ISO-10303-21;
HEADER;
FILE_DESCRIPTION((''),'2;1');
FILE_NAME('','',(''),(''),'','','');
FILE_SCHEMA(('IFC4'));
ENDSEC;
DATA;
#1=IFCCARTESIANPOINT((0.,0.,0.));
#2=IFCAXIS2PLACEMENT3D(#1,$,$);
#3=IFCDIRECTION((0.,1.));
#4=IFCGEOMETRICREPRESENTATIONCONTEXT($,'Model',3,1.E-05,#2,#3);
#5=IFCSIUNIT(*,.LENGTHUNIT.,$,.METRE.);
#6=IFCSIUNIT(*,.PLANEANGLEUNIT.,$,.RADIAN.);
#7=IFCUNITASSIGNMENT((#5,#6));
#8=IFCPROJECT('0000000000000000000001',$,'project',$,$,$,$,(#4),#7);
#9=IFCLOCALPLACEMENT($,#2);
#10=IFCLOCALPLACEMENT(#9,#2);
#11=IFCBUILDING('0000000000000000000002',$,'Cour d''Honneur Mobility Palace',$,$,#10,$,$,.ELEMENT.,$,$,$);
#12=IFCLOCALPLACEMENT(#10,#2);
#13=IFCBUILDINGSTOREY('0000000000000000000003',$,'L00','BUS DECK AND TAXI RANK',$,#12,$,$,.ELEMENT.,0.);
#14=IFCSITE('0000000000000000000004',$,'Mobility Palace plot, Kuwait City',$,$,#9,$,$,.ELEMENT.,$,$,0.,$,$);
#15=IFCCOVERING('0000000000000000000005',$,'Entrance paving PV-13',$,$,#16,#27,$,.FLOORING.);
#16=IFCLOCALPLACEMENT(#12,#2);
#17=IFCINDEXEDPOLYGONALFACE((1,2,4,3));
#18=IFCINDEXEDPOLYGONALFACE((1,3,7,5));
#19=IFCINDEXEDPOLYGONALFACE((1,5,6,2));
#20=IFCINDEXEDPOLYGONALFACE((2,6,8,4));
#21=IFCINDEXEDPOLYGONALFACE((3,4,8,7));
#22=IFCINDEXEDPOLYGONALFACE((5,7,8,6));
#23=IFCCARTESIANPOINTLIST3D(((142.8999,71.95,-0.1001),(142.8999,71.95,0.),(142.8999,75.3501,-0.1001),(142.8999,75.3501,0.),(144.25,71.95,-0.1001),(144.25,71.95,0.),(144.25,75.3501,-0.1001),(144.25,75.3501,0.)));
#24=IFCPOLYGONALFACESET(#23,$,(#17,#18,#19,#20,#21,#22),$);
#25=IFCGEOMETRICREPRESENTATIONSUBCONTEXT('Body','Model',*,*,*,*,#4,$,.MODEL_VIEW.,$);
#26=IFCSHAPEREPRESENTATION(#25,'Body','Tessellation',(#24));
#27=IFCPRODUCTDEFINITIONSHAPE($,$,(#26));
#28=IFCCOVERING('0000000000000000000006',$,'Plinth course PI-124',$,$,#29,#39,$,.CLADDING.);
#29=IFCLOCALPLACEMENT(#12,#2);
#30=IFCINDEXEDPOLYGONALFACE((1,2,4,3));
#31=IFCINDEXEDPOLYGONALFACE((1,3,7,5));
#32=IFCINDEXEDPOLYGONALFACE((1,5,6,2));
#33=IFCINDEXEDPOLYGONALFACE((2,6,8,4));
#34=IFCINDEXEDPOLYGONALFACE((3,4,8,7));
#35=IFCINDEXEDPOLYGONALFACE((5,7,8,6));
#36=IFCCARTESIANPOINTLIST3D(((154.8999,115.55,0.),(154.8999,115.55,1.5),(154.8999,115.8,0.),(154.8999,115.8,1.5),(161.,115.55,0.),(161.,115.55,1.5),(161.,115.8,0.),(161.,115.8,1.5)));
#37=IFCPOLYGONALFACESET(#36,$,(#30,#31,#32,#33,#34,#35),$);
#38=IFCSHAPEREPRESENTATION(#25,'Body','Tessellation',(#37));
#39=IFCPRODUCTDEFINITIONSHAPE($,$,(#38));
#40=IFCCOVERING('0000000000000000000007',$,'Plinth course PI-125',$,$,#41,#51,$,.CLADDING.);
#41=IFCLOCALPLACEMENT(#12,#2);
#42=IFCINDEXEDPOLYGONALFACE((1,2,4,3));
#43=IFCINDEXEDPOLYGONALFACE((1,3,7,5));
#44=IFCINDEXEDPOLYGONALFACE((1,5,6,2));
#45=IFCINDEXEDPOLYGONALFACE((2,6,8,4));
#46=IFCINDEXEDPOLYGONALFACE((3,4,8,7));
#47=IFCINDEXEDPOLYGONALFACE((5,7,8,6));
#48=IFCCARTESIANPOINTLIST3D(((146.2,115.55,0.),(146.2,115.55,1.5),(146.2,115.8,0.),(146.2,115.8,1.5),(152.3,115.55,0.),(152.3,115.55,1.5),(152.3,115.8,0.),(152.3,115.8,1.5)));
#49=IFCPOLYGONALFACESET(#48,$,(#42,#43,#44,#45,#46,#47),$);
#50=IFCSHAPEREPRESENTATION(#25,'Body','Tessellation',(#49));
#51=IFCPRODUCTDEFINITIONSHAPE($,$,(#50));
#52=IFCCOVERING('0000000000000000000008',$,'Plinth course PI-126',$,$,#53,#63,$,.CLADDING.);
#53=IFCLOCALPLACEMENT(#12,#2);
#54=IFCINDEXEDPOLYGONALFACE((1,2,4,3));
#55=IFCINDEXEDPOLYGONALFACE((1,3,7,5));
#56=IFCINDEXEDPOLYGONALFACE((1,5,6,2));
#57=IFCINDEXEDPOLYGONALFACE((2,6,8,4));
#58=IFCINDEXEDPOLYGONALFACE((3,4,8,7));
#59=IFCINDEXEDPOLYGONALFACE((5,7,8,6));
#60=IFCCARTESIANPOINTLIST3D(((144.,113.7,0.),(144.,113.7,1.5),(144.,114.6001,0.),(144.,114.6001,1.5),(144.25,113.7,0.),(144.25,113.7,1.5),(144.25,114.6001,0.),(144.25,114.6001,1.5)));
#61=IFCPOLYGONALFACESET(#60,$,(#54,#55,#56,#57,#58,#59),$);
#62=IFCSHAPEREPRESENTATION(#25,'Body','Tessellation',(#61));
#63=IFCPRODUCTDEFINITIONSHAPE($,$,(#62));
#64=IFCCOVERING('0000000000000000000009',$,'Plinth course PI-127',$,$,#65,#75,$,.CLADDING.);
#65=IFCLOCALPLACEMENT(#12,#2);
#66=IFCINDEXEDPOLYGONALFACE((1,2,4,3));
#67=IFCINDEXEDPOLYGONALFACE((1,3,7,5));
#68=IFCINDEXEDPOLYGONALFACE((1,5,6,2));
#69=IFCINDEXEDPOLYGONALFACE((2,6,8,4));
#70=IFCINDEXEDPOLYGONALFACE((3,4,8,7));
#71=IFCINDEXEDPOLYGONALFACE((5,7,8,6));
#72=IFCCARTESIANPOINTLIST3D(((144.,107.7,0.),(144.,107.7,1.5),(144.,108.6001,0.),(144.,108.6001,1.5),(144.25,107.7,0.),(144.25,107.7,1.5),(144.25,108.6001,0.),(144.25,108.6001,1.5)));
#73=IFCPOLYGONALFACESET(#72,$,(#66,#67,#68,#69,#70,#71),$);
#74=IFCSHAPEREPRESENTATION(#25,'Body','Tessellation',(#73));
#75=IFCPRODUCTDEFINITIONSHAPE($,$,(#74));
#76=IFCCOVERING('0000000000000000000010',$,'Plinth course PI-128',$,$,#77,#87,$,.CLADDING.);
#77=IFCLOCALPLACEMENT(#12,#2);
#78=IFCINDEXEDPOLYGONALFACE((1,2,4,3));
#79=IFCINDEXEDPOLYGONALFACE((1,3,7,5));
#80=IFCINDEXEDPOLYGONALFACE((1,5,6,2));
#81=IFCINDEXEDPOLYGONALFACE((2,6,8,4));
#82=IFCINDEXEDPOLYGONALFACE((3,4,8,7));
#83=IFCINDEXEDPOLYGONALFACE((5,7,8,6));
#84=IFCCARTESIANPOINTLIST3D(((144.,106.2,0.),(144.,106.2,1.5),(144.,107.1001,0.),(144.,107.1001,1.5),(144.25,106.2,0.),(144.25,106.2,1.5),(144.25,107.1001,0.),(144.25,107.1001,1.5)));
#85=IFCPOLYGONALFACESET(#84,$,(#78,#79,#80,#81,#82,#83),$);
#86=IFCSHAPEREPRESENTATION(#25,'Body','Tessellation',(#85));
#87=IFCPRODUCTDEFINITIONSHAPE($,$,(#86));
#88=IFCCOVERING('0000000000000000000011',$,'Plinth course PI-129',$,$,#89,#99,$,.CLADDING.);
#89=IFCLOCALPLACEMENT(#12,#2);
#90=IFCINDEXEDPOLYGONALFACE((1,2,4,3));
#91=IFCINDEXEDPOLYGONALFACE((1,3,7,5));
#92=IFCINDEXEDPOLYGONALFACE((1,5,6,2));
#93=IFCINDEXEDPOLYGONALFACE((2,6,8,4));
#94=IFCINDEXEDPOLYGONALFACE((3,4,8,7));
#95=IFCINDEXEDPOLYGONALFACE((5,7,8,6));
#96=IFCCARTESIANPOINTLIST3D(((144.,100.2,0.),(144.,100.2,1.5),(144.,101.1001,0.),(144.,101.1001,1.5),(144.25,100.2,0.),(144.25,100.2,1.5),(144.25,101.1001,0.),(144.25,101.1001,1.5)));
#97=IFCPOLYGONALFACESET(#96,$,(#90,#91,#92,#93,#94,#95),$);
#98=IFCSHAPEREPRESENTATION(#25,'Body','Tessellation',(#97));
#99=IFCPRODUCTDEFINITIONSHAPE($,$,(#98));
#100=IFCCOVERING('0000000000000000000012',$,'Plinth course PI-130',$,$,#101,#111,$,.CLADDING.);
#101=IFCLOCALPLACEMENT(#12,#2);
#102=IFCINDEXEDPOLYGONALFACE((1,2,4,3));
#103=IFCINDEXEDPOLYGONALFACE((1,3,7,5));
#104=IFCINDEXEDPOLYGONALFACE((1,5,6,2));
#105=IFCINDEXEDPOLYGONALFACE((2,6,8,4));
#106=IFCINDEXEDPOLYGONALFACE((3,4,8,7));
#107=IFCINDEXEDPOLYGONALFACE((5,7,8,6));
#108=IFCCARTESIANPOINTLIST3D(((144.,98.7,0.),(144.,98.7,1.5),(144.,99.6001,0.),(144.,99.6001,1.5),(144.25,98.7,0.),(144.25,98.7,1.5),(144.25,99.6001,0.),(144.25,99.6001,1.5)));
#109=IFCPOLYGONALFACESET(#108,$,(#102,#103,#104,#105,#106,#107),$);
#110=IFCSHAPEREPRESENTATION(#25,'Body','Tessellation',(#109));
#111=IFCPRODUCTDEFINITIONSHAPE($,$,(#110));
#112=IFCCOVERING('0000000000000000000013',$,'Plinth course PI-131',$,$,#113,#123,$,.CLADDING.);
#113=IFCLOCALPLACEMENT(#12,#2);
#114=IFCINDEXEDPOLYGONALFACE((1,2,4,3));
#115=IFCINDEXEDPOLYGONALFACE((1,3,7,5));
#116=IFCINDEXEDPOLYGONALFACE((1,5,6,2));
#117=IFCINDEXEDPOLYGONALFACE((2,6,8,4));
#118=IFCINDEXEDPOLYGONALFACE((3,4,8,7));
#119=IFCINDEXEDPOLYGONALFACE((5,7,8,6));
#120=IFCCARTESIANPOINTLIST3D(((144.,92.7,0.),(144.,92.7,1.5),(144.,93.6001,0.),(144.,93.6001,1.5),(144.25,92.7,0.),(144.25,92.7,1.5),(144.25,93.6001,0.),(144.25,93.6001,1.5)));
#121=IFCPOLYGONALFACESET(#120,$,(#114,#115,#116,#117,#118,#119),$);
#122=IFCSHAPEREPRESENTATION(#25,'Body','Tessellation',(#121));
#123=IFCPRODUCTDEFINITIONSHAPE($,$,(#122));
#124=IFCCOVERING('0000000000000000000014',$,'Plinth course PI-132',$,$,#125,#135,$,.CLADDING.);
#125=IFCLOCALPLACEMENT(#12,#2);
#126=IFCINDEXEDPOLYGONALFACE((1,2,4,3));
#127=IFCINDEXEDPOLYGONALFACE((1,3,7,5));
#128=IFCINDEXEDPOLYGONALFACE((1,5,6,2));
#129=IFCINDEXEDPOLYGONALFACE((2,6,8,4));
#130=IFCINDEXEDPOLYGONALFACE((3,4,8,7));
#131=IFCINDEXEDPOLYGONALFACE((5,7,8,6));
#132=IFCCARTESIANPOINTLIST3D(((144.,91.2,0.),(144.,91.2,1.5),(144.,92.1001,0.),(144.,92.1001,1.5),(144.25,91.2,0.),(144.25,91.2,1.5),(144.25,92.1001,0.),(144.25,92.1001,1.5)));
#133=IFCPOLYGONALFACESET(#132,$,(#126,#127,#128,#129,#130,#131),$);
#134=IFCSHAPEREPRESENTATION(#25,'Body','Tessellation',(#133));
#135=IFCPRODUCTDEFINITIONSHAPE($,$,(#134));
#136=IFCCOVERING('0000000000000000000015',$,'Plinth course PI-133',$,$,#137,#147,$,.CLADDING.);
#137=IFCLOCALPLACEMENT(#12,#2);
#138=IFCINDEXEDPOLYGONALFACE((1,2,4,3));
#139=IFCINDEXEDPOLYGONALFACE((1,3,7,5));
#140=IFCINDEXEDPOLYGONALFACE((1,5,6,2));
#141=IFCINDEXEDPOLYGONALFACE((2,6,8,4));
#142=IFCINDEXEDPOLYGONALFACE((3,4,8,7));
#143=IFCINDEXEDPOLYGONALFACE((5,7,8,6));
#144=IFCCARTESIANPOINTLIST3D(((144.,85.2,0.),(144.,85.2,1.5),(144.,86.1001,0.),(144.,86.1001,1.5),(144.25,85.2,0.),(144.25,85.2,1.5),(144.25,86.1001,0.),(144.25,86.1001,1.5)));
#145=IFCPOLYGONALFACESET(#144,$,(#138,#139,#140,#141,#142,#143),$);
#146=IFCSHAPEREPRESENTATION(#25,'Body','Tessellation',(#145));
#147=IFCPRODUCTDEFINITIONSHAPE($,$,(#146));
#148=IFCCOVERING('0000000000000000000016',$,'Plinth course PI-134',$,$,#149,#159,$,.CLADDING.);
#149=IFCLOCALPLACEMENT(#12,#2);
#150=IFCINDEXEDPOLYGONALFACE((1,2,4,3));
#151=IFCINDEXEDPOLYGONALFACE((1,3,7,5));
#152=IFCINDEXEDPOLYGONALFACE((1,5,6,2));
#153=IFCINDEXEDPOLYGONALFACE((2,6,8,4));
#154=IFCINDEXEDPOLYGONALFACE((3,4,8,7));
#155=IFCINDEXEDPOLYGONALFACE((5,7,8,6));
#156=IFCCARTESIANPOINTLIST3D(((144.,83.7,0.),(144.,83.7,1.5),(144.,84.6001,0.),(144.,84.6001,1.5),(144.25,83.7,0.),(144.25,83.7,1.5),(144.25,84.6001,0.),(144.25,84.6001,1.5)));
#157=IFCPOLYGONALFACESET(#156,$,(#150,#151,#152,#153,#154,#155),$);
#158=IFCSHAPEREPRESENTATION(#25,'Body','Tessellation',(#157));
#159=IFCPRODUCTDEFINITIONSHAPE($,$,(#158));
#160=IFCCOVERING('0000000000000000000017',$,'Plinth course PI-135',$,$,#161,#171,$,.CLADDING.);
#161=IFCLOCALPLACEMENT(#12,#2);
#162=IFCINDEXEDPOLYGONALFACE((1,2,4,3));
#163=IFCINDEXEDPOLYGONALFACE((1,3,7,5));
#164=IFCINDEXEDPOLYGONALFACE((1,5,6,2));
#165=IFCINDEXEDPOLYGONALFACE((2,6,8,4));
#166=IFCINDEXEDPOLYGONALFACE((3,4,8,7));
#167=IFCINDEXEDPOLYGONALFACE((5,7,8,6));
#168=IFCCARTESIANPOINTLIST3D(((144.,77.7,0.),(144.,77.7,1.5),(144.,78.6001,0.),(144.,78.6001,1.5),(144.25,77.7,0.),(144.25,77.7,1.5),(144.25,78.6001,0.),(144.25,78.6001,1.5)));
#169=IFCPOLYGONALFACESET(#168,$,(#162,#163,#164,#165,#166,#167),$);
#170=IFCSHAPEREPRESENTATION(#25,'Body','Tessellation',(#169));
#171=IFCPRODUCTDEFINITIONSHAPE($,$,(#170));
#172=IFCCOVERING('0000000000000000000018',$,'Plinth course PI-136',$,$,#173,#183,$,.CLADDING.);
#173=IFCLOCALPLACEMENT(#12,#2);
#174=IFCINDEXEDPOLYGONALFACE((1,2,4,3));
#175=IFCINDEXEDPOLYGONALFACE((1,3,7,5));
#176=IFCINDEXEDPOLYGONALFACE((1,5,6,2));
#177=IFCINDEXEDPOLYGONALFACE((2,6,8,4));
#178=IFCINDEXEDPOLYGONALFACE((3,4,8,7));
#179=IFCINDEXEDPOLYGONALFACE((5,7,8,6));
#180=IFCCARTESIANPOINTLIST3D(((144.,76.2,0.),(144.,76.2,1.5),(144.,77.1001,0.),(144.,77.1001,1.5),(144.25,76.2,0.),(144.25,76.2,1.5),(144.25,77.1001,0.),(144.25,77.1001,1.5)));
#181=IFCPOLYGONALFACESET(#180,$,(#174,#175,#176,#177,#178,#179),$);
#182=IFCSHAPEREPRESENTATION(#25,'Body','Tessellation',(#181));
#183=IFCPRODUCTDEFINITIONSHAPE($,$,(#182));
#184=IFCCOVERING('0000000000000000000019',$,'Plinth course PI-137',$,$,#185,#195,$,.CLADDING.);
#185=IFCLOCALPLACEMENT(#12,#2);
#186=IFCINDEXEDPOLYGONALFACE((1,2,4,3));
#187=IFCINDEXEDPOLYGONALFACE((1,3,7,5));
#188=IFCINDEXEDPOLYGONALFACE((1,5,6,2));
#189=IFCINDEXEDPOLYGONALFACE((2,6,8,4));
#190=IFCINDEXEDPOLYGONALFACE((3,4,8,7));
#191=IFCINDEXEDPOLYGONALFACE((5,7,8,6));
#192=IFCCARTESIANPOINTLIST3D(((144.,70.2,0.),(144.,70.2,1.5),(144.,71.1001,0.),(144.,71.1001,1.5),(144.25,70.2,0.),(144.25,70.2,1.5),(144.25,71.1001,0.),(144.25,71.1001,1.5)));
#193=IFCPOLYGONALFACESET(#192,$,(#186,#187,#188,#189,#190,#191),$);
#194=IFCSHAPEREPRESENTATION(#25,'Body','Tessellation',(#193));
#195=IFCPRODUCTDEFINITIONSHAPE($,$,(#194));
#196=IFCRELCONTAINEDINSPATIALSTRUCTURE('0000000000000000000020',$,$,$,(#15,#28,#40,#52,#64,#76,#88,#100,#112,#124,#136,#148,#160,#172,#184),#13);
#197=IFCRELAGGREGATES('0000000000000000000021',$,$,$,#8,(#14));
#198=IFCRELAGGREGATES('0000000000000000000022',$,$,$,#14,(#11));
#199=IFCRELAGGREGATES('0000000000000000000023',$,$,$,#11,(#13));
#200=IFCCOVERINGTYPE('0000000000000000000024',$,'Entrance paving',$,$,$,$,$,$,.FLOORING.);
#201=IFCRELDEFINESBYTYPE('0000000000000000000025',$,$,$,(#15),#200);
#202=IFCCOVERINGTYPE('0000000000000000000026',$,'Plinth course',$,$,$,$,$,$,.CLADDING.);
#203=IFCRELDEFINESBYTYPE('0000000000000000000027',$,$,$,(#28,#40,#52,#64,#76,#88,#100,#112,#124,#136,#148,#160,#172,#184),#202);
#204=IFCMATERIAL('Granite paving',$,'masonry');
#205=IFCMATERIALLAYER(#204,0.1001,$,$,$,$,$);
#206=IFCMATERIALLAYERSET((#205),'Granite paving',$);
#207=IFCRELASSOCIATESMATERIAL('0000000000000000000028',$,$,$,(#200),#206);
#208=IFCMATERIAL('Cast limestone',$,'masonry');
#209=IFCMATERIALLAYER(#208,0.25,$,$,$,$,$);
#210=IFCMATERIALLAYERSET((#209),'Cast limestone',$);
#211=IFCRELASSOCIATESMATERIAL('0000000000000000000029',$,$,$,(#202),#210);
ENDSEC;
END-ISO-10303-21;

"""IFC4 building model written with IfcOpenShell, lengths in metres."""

from ifc_helpers import new_model, si_unit, direction, frame, origin, place, context, subcontext, project, spatial, polyline, outline, extrude, material, layer, layer_set, type_object, element, save


model = new_model("IFC4")

# Units and contexts
model_context = context("Model", 3, precision=1e-05, world=origin(), true_north=direction((0.0, 1.0)))
body_context = subcontext(model_context, "Body", "Model", "MODEL_VIEW")
ifc_project = project(units=[si_unit("LENGTHUNIT", "METRE"), si_unit("PLANEANGLEUNIT", "RADIAN")], contexts=[model_context])

# Site, building, storey
site_placement = place(None, origin())
site = spatial("IfcSite", under=ifc_project, at=site_placement, Name="Mobility Palace plot, Kuwait City", CompositionType="ELEMENT", RefElevation=0.0)
building_placement = place(site_placement, origin())
building = spatial("IfcBuilding", under=site, at=building_placement, Name="Cour d'Honneur Mobility Palace", CompositionType="ELEMENT")
storey_placement = place(building_placement, origin())
storey = spatial("IfcBuildingStorey", under=building, at=storey_placement, Name="L00", Description="BUS DECK AND TAXI RANK", CompositionType="ELEMENT", Elevation=0.0)

# Coverings
ifc_material_1 = material(Name="Granite paving", Category="masonry")
ifc_layer_1 = layer(ifc_material_1, 0.1001)
ifc_layer_set_1 = layer_set([ifc_layer_1], Name="Granite paving")
covering_type_1 = type_object("IfcCoveringType", Name="Entrance paving", PredefinedType="FLOORING", material=ifc_layer_set_1)
covering_1_placement = place(storey_placement, frame((0.0, 0.0, -0.1001)))
element("IfcCovering", 1, at=covering_1_placement, inside=storey, type_object=covering_type_1, Name="Entrance paving PV-13", PredefinedType="FLOORING", context=body_context, shape_type="SweptSolid", body=[
    extrude(outline(polyline([(144.25, 75.3501), (144.25, 71.95), (142.8999, 71.95), (142.8999, 75.3501), (144.25, 75.3501)])), origin(), (0.0, 0.0, 1.0), 0.1001),
])
ifc_material_2 = material(Name="Cast limestone", Category="masonry")
ifc_layer_2 = layer(ifc_material_2, 0.25)
ifc_layer_set_2 = layer_set([ifc_layer_2], Name="Cast limestone")
covering_type_2 = type_object("IfcCoveringType", Name="Plinth course", PredefinedType="CLADDING", material=ifc_layer_set_2)
covering_2_placement = place(storey_placement, origin())
element("IfcCovering", 2, at=covering_2_placement, inside=storey, type_object=covering_type_2, Name="Plinth course PI-124", PredefinedType="CLADDING", context=body_context, shape_type="SweptSolid", body=[
    extrude(outline(polyline([(161.0, 115.55), (154.8999, 115.55), (154.8999, 115.8), (161.0, 115.8), (161.0, 115.55)])), origin(), (0.0, 0.0, 1.0), 1.5),
])
covering_3_placement = place(storey_placement, origin())
element("IfcCovering", 3, at=covering_3_placement, inside=storey, type_object=covering_type_2, Name="Plinth course PI-125", PredefinedType="CLADDING", context=body_context, shape_type="SweptSolid", body=[
    extrude(outline(polyline([(152.3, 115.55), (146.2, 115.55), (146.2, 115.8), (152.3, 115.8), (152.3, 115.55)])), origin(), (0.0, 0.0, 1.0), 1.5),
])
covering_4_placement = place(storey_placement, origin())
element("IfcCovering", 4, at=covering_4_placement, inside=storey, type_object=covering_type_2, Name="Plinth course PI-126", PredefinedType="CLADDING", context=body_context, shape_type="SweptSolid", body=[
    extrude(outline(polyline([(144.25, 114.6001), (144.25, 113.7), (144.0, 113.7), (144.0, 114.6001), (144.25, 114.6001)])), origin(), (0.0, 0.0, 1.0), 1.5),
])
covering_5_placement = place(storey_placement, origin())
element("IfcCovering", 5, at=covering_5_placement, inside=storey, type_object=covering_type_2, Name="Plinth course PI-127", PredefinedType="CLADDING", context=body_context, shape_type="SweptSolid", body=[
    extrude(outline(polyline([(144.25, 108.6001), (144.25, 107.7), (144.0, 107.7), (144.0, 108.6001), (144.25, 108.6001)])), origin(), (0.0, 0.0, 1.0), 1.5),
])
covering_6_placement = place(storey_placement, origin())
element("IfcCovering", 6, at=covering_6_placement, inside=storey, type_object=covering_type_2, Name="Plinth course PI-128", PredefinedType="CLADDING", context=body_context, shape_type="SweptSolid", body=[
    extrude(outline(polyline([(144.25, 107.1001), (144.25, 106.2), (144.0, 106.2), (144.0, 107.1001), (144.25, 107.1001)])), origin(), (0.0, 0.0, 1.0), 1.5),
])
covering_7_placement = place(storey_placement, origin())
element("IfcCovering", 7, at=covering_7_placement, inside=storey, type_object=covering_type_2, Name="Plinth course PI-129", PredefinedType="CLADDING", context=body_context, shape_type="SweptSolid", body=[
    extrude(outline(polyline([(144.25, 101.1001), (144.25, 100.2), (144.0, 100.2), (144.0, 101.1001), (144.25, 101.1001)])), origin(), (0.0, 0.0, 1.0), 1.5),
])
covering_8_placement = place(storey_placement, origin())
element("IfcCovering", 8, at=covering_8_placement, inside=storey, type_object=covering_type_2, Name="Plinth course PI-130", PredefinedType="CLADDING", context=body_context, shape_type="SweptSolid", body=[
    extrude(outline(polyline([(144.25, 99.6001), (144.25, 98.7), (144.0, 98.7), (144.0, 99.6001), (144.25, 99.6001)])), origin(), (0.0, 0.0, 1.0), 1.5),
])
covering_9_placement = place(storey_placement, origin())
element("IfcCovering", 9, at=covering_9_placement, inside=storey, type_object=covering_type_2, Name="Plinth course PI-131", PredefinedType="CLADDING", context=body_context, shape_type="SweptSolid", body=[
    extrude(outline(polyline([(144.25, 93.6001), (144.25, 92.7), (144.0, 92.7), (144.0, 93.6001), (144.25, 93.6001)])), origin(), (0.0, 0.0, 1.0), 1.5),
])
covering_10_placement = place(storey_placement, origin())
element("IfcCovering", 10, at=covering_10_placement, inside=storey, type_object=covering_type_2, Name="Plinth course PI-132", PredefinedType="CLADDING", context=body_context, shape_type="SweptSolid", body=[
    extrude(outline(polyline([(144.25, 92.1001), (144.25, 91.2), (144.0, 91.2), (144.0, 92.1001), (144.25, 92.1001)])), origin(), (0.0, 0.0, 1.0), 1.5),
])
covering_11_placement = place(storey_placement, origin())
element("IfcCovering", 11, at=covering_11_placement, inside=storey, type_object=covering_type_2, Name="Plinth course PI-133", PredefinedType="CLADDING", context=body_context, shape_type="SweptSolid", body=[
    extrude(outline(polyline([(144.25, 86.1001), (144.25, 85.2), (144.0, 85.2), (144.0, 86.1001), (144.25, 86.1001)])), origin(), (0.0, 0.0, 1.0), 1.5),
])
covering_12_placement = place(storey_placement, origin())
element("IfcCovering", 12, at=covering_12_placement, inside=storey, type_object=covering_type_2, Name="Plinth course PI-134", PredefinedType="CLADDING", context=body_context, shape_type="SweptSolid", body=[
    extrude(outline(polyline([(144.25, 84.6001), (144.25, 83.7), (144.0, 83.7), (144.0, 84.6001), (144.25, 84.6001)])), origin(), (0.0, 0.0, 1.0), 1.5),
])
covering_13_placement = place(storey_placement, origin())
element("IfcCovering", 13, at=covering_13_placement, inside=storey, type_object=covering_type_2, Name="Plinth course PI-135", PredefinedType="CLADDING", context=body_context, shape_type="SweptSolid", body=[
    extrude(outline(polyline([(144.25, 78.6001), (144.25, 77.7), (144.0, 77.7), (144.0, 78.6001), (144.25, 78.6001)])), origin(), (0.0, 0.0, 1.0), 1.5),
])
covering_14_placement = place(storey_placement, origin())
element("IfcCovering", 14, at=covering_14_placement, inside=storey, type_object=covering_type_2, Name="Plinth course PI-136", PredefinedType="CLADDING", context=body_context, shape_type="SweptSolid", body=[
    extrude(outline(polyline([(144.25, 77.1001), (144.25, 76.2), (144.0, 76.2), (144.0, 77.1001), (144.25, 77.1001)])), origin(), (0.0, 0.0, 1.0), 1.5),
])
covering_15_placement = place(storey_placement, origin())
element("IfcCovering", 15, at=covering_15_placement, inside=storey, type_object=covering_type_2, Name="Plinth course PI-137", PredefinedType="CLADDING", context=body_context, shape_type="SweptSolid", body=[
    extrude(outline(polyline([(144.25, 71.1001), (144.25, 70.2), (144.0, 70.2), (144.0, 71.1001), (144.25, 71.1001)])), origin(), (0.0, 0.0, 1.0), 1.5),
])

save(model, "model.ifc")
